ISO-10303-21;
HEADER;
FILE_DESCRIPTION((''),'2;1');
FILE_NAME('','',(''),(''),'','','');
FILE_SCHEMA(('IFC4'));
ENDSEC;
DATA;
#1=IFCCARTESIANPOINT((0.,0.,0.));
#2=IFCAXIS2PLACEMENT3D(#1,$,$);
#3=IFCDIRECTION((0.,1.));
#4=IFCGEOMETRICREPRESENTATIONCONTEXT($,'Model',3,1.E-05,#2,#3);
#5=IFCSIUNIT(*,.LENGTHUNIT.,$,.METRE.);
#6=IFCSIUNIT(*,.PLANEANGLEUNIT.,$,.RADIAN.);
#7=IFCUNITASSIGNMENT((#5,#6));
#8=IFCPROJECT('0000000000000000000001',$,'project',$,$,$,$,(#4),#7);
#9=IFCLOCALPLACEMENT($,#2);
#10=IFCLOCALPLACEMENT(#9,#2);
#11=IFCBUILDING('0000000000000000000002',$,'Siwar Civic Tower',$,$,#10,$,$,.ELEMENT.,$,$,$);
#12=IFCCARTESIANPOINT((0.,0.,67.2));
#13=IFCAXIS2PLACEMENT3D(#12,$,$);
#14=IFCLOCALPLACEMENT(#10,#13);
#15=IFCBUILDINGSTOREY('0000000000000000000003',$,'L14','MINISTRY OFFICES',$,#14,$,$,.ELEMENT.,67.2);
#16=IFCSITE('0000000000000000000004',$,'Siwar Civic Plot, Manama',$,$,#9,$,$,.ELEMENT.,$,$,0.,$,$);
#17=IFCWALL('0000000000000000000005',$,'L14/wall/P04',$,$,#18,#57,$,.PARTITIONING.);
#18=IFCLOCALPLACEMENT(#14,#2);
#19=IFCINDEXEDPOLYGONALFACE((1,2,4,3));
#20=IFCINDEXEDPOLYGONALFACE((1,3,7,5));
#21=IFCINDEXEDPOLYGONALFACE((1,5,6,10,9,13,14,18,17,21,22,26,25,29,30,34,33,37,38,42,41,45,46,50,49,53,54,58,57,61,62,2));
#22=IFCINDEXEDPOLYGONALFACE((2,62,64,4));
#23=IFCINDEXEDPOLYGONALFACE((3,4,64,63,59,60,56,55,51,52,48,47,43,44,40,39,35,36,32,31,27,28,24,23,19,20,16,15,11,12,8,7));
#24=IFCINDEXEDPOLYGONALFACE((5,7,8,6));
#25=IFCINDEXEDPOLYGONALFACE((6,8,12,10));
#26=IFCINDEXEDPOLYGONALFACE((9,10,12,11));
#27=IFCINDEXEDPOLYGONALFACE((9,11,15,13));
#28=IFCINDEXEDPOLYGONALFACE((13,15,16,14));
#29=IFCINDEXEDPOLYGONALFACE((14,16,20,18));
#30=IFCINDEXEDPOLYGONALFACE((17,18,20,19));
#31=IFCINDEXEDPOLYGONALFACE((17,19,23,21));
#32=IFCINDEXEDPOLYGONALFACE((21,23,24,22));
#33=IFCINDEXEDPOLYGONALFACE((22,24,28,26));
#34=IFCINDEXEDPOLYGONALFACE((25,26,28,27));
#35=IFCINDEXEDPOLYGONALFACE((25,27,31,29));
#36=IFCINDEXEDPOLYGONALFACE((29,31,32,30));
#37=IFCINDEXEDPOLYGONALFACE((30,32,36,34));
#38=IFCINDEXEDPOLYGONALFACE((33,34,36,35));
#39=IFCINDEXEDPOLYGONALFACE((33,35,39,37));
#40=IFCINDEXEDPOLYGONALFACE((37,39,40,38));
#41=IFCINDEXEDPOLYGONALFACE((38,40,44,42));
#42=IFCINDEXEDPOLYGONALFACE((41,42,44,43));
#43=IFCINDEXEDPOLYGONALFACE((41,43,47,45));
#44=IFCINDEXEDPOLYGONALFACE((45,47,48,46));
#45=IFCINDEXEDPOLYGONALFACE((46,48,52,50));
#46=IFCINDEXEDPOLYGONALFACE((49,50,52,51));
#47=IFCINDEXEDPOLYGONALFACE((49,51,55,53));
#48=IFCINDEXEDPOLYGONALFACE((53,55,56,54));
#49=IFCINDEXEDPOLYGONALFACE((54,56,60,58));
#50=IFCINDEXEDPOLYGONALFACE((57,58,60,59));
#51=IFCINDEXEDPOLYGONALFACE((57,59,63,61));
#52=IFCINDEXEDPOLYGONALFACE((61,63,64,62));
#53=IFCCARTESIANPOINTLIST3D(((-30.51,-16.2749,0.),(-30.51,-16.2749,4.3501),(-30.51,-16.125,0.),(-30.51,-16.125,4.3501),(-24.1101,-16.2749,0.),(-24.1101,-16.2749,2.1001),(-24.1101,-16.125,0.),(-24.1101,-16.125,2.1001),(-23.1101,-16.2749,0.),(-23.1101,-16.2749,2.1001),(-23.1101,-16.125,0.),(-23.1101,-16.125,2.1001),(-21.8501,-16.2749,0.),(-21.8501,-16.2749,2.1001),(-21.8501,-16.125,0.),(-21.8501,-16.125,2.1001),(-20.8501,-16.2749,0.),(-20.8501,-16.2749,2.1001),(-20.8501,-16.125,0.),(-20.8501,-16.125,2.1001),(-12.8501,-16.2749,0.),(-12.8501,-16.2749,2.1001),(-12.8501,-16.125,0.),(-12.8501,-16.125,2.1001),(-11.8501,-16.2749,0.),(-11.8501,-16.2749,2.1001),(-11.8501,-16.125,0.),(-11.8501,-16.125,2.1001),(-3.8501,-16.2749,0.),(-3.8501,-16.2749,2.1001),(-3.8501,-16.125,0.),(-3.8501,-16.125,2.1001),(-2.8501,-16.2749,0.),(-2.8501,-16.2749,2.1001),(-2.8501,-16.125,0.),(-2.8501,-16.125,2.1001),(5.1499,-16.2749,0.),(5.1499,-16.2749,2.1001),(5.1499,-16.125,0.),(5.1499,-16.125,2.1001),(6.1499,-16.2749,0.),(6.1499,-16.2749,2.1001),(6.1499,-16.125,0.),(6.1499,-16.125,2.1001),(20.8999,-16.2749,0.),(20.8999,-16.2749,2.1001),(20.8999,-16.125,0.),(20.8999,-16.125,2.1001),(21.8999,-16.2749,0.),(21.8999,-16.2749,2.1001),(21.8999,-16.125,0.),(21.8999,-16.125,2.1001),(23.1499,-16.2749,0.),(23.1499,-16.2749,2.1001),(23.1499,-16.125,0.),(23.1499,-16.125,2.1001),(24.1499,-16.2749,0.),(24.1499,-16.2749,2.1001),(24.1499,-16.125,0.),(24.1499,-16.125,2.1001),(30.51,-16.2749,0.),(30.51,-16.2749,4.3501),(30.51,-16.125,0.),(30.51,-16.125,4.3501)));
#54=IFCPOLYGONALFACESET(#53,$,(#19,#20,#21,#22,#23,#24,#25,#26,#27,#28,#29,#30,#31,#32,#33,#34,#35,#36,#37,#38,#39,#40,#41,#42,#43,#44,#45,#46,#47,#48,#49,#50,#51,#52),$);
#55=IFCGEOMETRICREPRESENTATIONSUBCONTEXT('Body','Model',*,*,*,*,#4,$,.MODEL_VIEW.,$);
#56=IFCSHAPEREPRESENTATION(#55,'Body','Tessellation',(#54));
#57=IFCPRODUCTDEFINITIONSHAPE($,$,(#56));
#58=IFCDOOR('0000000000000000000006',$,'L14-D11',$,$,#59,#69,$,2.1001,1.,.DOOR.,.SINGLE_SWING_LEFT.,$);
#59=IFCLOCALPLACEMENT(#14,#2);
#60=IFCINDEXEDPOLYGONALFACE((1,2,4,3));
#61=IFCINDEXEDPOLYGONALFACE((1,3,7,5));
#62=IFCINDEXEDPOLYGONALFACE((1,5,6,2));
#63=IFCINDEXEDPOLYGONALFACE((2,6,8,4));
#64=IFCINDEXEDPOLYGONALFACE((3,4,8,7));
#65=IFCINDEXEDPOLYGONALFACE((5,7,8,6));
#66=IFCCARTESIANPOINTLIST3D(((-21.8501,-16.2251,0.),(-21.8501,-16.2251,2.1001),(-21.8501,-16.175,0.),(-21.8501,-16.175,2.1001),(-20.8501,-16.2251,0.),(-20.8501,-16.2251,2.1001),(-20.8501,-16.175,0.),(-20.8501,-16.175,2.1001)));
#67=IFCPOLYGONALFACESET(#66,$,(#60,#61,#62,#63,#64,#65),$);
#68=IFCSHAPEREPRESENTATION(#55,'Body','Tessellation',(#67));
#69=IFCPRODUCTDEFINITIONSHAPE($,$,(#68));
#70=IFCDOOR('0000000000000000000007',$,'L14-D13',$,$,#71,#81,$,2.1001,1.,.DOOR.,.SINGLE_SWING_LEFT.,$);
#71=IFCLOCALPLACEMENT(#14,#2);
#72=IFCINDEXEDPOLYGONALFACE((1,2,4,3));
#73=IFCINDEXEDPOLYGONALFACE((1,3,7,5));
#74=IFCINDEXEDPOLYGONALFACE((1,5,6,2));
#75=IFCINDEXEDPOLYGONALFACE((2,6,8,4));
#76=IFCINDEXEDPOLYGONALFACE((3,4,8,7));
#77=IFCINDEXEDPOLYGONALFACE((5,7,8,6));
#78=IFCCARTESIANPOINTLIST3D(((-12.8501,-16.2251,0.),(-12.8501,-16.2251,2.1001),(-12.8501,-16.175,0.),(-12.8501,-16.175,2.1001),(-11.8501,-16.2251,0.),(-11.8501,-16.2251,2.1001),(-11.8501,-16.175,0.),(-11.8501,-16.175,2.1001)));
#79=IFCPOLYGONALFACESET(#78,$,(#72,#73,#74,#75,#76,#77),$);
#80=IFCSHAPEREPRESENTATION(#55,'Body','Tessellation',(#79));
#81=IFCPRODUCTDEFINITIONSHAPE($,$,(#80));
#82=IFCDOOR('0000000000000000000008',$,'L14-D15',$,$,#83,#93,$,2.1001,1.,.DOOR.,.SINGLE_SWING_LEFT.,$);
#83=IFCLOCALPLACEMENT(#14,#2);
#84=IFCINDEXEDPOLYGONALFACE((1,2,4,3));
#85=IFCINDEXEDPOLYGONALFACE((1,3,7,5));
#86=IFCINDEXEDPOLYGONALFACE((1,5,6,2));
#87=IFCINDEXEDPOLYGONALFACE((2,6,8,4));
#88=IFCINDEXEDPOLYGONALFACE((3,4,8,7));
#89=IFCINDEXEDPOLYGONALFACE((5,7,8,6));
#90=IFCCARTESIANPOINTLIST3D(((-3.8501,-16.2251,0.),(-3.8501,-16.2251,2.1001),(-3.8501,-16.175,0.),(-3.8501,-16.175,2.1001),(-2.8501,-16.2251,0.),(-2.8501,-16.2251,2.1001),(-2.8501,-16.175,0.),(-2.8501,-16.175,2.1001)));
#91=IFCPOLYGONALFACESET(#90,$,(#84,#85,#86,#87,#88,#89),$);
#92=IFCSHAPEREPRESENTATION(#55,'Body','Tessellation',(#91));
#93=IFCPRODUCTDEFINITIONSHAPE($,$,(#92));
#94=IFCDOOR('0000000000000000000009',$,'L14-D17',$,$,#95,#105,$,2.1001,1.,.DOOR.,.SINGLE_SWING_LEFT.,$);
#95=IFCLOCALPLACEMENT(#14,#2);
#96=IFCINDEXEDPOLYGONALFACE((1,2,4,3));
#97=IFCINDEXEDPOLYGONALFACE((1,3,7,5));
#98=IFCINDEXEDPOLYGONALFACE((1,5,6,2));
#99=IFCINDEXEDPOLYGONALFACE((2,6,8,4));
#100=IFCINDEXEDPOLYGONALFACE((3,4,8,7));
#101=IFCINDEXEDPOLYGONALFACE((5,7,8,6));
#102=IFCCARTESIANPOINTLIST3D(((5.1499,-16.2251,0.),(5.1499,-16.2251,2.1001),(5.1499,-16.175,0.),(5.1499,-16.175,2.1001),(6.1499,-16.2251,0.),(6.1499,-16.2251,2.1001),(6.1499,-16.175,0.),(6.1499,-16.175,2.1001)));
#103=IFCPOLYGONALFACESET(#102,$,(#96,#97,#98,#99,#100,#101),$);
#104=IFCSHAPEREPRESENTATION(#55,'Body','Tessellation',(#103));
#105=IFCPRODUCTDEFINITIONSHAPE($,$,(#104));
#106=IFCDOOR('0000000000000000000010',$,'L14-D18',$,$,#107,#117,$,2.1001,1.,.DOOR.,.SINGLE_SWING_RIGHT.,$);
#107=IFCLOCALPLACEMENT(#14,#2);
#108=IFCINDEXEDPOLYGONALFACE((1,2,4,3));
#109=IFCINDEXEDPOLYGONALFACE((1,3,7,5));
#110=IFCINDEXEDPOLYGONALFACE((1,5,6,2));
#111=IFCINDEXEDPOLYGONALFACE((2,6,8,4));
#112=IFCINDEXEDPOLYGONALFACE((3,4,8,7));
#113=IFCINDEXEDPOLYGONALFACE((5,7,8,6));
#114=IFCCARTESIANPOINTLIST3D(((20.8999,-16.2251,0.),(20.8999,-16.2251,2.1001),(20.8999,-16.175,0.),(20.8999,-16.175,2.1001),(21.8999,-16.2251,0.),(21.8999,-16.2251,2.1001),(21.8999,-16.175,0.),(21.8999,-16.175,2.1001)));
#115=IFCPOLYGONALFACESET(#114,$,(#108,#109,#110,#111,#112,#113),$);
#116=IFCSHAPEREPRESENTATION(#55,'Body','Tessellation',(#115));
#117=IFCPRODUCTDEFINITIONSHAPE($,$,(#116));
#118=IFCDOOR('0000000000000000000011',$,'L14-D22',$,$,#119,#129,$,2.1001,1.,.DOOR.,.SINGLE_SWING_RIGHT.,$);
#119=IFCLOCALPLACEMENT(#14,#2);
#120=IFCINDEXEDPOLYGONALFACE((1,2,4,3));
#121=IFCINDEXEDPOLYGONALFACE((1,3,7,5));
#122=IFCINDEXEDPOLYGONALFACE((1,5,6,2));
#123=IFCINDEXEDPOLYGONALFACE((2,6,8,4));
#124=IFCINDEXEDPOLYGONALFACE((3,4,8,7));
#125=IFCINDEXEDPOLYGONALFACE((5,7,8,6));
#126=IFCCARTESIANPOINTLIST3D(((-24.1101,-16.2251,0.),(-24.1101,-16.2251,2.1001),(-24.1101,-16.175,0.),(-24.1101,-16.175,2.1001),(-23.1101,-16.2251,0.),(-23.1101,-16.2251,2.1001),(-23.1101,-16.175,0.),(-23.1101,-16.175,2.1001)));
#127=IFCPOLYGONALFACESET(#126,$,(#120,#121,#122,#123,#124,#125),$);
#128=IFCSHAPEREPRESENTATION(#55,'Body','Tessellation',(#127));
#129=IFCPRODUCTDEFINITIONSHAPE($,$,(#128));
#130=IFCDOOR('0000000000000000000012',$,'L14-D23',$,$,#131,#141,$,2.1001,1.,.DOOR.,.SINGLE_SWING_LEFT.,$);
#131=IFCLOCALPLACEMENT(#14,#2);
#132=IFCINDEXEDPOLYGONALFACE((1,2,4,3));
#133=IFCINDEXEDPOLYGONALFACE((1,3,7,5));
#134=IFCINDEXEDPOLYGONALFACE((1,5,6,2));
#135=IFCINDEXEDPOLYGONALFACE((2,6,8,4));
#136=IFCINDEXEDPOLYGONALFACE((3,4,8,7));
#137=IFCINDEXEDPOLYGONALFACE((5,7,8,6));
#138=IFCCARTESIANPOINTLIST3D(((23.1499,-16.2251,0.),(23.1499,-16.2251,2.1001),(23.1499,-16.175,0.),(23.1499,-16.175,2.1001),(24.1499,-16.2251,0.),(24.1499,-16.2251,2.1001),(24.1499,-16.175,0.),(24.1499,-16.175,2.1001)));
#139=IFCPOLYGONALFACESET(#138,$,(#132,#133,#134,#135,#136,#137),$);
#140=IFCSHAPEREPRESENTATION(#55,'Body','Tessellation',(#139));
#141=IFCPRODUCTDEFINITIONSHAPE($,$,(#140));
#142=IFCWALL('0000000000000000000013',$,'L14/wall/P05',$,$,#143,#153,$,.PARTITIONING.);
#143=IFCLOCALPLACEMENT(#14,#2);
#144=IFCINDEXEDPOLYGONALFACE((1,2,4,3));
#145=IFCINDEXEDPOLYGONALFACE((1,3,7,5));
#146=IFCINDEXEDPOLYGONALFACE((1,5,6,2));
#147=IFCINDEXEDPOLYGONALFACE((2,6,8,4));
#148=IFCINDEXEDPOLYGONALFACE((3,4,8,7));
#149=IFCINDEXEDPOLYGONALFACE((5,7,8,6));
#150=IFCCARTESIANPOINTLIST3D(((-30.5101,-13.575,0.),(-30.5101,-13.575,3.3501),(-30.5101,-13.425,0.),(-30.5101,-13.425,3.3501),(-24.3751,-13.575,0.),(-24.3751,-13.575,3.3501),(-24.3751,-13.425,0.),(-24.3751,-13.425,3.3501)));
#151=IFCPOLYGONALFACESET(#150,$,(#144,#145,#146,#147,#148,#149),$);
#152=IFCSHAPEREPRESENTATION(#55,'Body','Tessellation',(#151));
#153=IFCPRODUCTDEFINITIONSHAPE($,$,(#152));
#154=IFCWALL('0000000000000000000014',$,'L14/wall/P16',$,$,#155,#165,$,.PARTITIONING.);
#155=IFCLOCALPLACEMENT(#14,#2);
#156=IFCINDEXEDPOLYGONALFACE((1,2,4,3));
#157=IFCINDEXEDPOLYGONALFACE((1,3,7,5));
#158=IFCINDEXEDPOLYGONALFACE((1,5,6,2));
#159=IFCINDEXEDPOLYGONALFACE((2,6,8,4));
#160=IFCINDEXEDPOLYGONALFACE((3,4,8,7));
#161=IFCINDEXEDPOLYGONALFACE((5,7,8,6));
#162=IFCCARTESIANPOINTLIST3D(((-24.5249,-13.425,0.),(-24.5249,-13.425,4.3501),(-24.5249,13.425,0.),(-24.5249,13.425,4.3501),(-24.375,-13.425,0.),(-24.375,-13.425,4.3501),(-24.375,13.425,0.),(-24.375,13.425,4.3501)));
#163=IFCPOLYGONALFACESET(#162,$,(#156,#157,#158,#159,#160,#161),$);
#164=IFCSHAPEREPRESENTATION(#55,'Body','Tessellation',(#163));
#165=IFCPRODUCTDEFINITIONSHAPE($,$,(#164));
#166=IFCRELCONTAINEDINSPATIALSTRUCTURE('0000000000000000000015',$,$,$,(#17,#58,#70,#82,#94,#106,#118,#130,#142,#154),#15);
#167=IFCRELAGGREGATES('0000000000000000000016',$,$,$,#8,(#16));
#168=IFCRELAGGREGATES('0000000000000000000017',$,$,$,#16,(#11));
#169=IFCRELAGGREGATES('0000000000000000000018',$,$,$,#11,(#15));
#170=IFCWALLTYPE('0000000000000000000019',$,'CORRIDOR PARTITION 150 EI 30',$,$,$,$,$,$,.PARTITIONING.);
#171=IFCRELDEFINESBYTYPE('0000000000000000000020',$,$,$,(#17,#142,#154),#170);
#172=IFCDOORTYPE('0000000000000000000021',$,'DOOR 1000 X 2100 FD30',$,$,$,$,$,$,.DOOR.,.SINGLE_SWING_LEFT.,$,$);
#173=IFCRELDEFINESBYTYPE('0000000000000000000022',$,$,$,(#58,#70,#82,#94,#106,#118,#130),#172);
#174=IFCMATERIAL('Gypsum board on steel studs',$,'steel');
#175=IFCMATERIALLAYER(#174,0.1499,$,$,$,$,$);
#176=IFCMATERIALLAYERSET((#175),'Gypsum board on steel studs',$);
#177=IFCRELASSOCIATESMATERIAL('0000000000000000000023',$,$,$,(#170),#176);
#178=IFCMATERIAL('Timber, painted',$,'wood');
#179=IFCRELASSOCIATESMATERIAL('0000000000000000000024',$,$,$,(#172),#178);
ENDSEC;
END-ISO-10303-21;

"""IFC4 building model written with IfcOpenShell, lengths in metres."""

from ifc_helpers import new_model, si_unit, direction, frame, frame_2d, origin, place, context, subcontext, project, spatial, rectangle, extrude, material, layer, layer_set, type_object, element, fill, save


model = new_model("IFC4")

# Units and contexts
model_context = context("Model", 3, precision=1e-05, world=origin(), true_north=direction((0.0, 1.0)))
body_context = subcontext(model_context, "Body", "Model", "MODEL_VIEW")
ifc_project = project(units=[si_unit("LENGTHUNIT", "METRE"), si_unit("PLANEANGLEUNIT", "RADIAN")], contexts=[model_context])

# Site, building, storey
site_placement = place(None, origin())
site = spatial("IfcSite", under=ifc_project, at=site_placement, Name="Siwar Civic Plot, Manama", CompositionType="ELEMENT", RefElevation=0.0)
building_placement = place(site_placement, origin())
building = spatial("IfcBuilding", under=site, at=building_placement, Name="Siwar Civic Tower", CompositionType="ELEMENT")
storey_placement = place(building_placement, frame((0.0, 0.0, 67.2)))
storey = spatial("IfcBuildingStorey", under=building, at=storey_placement, Name="L14", Description="MINISTRY OFFICES", CompositionType="ELEMENT", Elevation=67.2)

# Wall, openings, doors
ifc_material_1 = material(Name="Gypsum board on steel studs", Category="steel")
ifc_layer_1 = layer(ifc_material_1, 0.1499)
ifc_layer_set_1 = layer_set([ifc_layer_1], Name="Gypsum board on steel studs")
wall_type_1 = type_object("IfcWallType", Name="CORRIDOR PARTITION 150 EI 30", PredefinedType="PARTITIONING", material=ifc_layer_set_1)
wall_1_placement = place(storey_placement, frame((-30.51, -16.2, 0.0), z_axis=(0.0, 0.0, 1.0), x_axis=(1.0, 0.0, 0.0)))
wall_1 = element("IfcWall", 1, at=wall_1_placement, inside=storey, type_object=wall_type_1, Name="L14/wall/P04", PredefinedType="PARTITIONING", context=body_context, shape_type="SweptSolid", body=[
    extrude(rectangle(XDim=61.02, YDim=0.1499, at=frame_2d((30.51, 0.0))), origin(), (0.0, 0.0, 1.0), 4.3501),
])
opening_1_placement = place(wall_1_placement, frame((8.6599, 0.0, 0.0)))
opening_1 = element("IfcOpeningElement", 2, at=opening_1_placement, cuts=wall_1, PredefinedType="OPENING", context=body_context, shape_type="SweptSolid", body=[
    extrude(rectangle(XDim=1.0, YDim=2.1001, at=frame_2d((0.5, 1.05))), frame((0.0, 0.085, 0.0), z_axis=(0.0, -1.0, 0.0), x_axis=(1.0, 0.0, 0.0)), (0.0, 0.0, 1.0), 0.1699),
])
opening_2_placement = place(wall_1_placement, frame((17.6599, 0.0, 0.0)))
opening_2 = element("IfcOpeningElement", 3, at=opening_2_placement, cuts=wall_1, PredefinedType="OPENING", context=body_context, shape_type="SweptSolid", body=[
    extrude(rectangle(XDim=1.0, YDim=2.1001, at=frame_2d((0.5, 1.05))), frame((0.0, 0.085, 0.0), z_axis=(0.0, -1.0, 0.0), x_axis=(1.0, 0.0, 0.0)), (0.0, 0.0, 1.0), 0.1699),
])
opening_3_placement = place(wall_1_placement, frame((26.6599, 0.0, 0.0)))
opening_3 = element("IfcOpeningElement", 4, at=opening_3_placement, cuts=wall_1, PredefinedType="OPENING", context=body_context, shape_type="SweptSolid", body=[
    extrude(rectangle(XDim=1.0, YDim=2.1001, at=frame_2d((0.5, 1.05))), frame((0.0, 0.085, 0.0), z_axis=(0.0, -1.0, 0.0), x_axis=(1.0, 0.0, 0.0)), (0.0, 0.0, 1.0), 0.1699),
])
opening_4_placement = place(wall_1_placement, frame((35.6599, 0.0, 0.0)))
opening_4 = element("IfcOpeningElement", 5, at=opening_4_placement, cuts=wall_1, PredefinedType="OPENING", context=body_context, shape_type="SweptSolid", body=[
    extrude(rectangle(XDim=1.0, YDim=2.1001, at=frame_2d((0.5, 1.05))), frame((0.0, 0.085, 0.0), z_axis=(0.0, -1.0, 0.0), x_axis=(1.0, 0.0, 0.0)), (0.0, 0.0, 1.0), 0.1699),
])
opening_5_placement = place(wall_1_placement, frame((51.4099, 0.0, 0.0)))
opening_5 = element("IfcOpeningElement", 6, at=opening_5_placement, cuts=wall_1, PredefinedType="OPENING", context=body_context, shape_type="SweptSolid", body=[
    extrude(rectangle(XDim=1.0, YDim=2.1001, at=frame_2d((0.5, 1.05))), frame((0.0, 0.085, 0.0), z_axis=(0.0, -1.0, 0.0), x_axis=(1.0, 0.0, 0.0)), (0.0, 0.0, 1.0), 0.1699),
])
opening_6_placement = place(wall_1_placement, frame((6.3999, 0.0, 0.0)))
opening_6 = element("IfcOpeningElement", 7, at=opening_6_placement, cuts=wall_1, PredefinedType="OPENING", context=body_context, shape_type="SweptSolid", body=[
    extrude(rectangle(XDim=1.0, YDim=2.1001, at=frame_2d((0.5, 1.05))), frame((0.0, 0.085, 0.0), z_axis=(0.0, -1.0, 0.0), x_axis=(1.0, 0.0, 0.0)), (0.0, 0.0, 1.0), 0.1699),
])
opening_7_placement = place(wall_1_placement, frame((53.6599, 0.0, 0.0)))
opening_7 = element("IfcOpeningElement", 8, at=opening_7_placement, cuts=wall_1, PredefinedType="OPENING", context=body_context, shape_type="SweptSolid", body=[
    extrude(rectangle(XDim=1.0, YDim=2.1001, at=frame_2d((0.5, 1.05))), frame((0.0, 0.085, 0.0), z_axis=(0.0, -1.0, 0.0), x_axis=(1.0, 0.0, 0.0)), (0.0, 0.0, 1.0), 0.1699),
])
ifc_material_2 = material(Name="Timber, painted", Category="wood")
door_type_1 = type_object("IfcDoorType", Name="DOOR 1000 X 2100 FD30", OperationType="SINGLE_SWING_LEFT", PredefinedType="DOOR", material=ifc_material_2)
door_1_placement = place(opening_1_placement, origin())
door_1 = element("IfcDoor", 9, at=door_1_placement, inside=storey, type_object=door_type_1, Name="L14-D11", OperationType="SINGLE_SWING_LEFT", OverallHeight=2.1001, OverallWidth=1.0, PredefinedType="DOOR", context=body_context, shape_type="SweptSolid", body=[
    extrude(rectangle(XDim=1.0, YDim=2.1001, at=frame_2d((0.5, 1.05))), frame((0.0, 0.0249, 0.0), z_axis=(0.0, -1.0, 0.0), x_axis=(1.0, 0.0, 0.0)), (0.0, 0.0, 1.0), 0.05),
])
fill(opening_1, door_1)
door_2_placement = place(opening_2_placement, origin())
door_2 = element("IfcDoor", 10, at=door_2_placement, inside=storey, type_object=door_type_1, Name="L14-D13", OperationType="SINGLE_SWING_LEFT", OverallHeight=2.1001, OverallWidth=1.0, PredefinedType="DOOR", context=body_context, shape_type="SweptSolid", body=[
    extrude(rectangle(XDim=1.0, YDim=2.1001, at=frame_2d((0.5, 1.05))), frame((0.0, 0.0249, 0.0), z_axis=(0.0, -1.0, 0.0), x_axis=(1.0, 0.0, 0.0)), (0.0, 0.0, 1.0), 0.05),
])
fill(opening_2, door_2)
door_3_placement = place(opening_3_placement, origin())
door_3 = element("IfcDoor", 11, at=door_3_placement, inside=storey, type_object=door_type_1, Name="L14-D15", OperationType="SINGLE_SWING_LEFT", OverallHeight=2.1001, OverallWidth=1.0, PredefinedType="DOOR", context=body_context, shape_type="SweptSolid", body=[
    extrude(rectangle(XDim=1.0, YDim=2.1001, at=frame_2d((0.5, 1.05))), frame((0.0, 0.0249, 0.0), z_axis=(0.0, -1.0, 0.0), x_axis=(1.0, 0.0, 0.0)), (0.0, 0.0, 1.0), 0.05),
])
fill(opening_3, door_3)
door_4_placement = place(opening_4_placement, origin())
door_4 = element("IfcDoor", 12, at=door_4_placement, inside=storey, type_object=door_type_1, Name="L14-D17", OperationType="SINGLE_SWING_LEFT", OverallHeight=2.1001, OverallWidth=1.0, PredefinedType="DOOR", context=body_context, shape_type="SweptSolid", body=[
    extrude(rectangle(XDim=1.0, YDim=2.1001, at=frame_2d((0.5, 1.05))), frame((0.0, 0.0249, 0.0), z_axis=(0.0, -1.0, 0.0), x_axis=(1.0, 0.0, 0.0)), (0.0, 0.0, 1.0), 0.05),
])
fill(opening_4, door_4)
door_5_placement = place(opening_5_placement, origin())
door_5 = element("IfcDoor", 13, at=door_5_placement, inside=storey, type_object=door_type_1, Name="L14-D18", OperationType="SINGLE_SWING_RIGHT", OverallHeight=2.1001, OverallWidth=1.0, PredefinedType="DOOR", context=body_context, shape_type="SweptSolid", body=[
    extrude(rectangle(XDim=1.0, YDim=2.1001, at=frame_2d((0.5, 1.05))), frame((0.0, 0.0249, 0.0), z_axis=(0.0, -1.0, 0.0), x_axis=(1.0, 0.0, 0.0)), (0.0, 0.0, 1.0), 0.05),
])
fill(opening_5, door_5)
door_6_placement = place(opening_6_placement, origin())
door_6 = element("IfcDoor", 14, at=door_6_placement, inside=storey, type_object=door_type_1, Name="L14-D22", OperationType="SINGLE_SWING_RIGHT", OverallHeight=2.1001, OverallWidth=1.0, PredefinedType="DOOR", context=body_context, shape_type="SweptSolid", body=[
    extrude(rectangle(XDim=1.0, YDim=2.1001, at=frame_2d((0.5, 1.05))), frame((0.0, 0.0249, 0.0), z_axis=(0.0, -1.0, 0.0), x_axis=(1.0, 0.0, 0.0)), (0.0, 0.0, 1.0), 0.05),
])
fill(opening_6, door_6)
door_7_placement = place(opening_7_placement, origin())
door_7 = element("IfcDoor", 15, at=door_7_placement, inside=storey, type_object=door_type_1, Name="L14-D23", OperationType="SINGLE_SWING_LEFT", OverallHeight=2.1001, OverallWidth=1.0, PredefinedType="DOOR", context=body_context, shape_type="SweptSolid", body=[
    extrude(rectangle(XDim=1.0, YDim=2.1001, at=frame_2d((0.5, 1.05))), frame((0.0, 0.0249, 0.0), z_axis=(0.0, -1.0, 0.0), x_axis=(1.0, 0.0, 0.0)), (0.0, 0.0, 1.0), 0.05),
])
fill(opening_7, door_7)

# Walls
wall_2_placement = place(storey_placement, frame((-30.51, -13.5, 0.0), z_axis=(0.0, 0.0, 1.0), x_axis=(1.0, 0.0, 0.0)))
element("IfcWall", 16, at=wall_2_placement, inside=storey, type_object=wall_type_1, Name="L14/wall/P05", PredefinedType="PARTITIONING", context=body_context, shape_type="SweptSolid", body=[
    extrude(rectangle(XDim=6.135, YDim=0.1499, at=frame_2d((3.0674, 0.0))), origin(), (0.0, 0.0, 1.0), 3.3501),
])
wall_3_placement = place(storey_placement, frame((-24.45, -13.425, 0.0), z_axis=(0.0, 0.0, 1.0), x_axis=(0.0, 1.0, 0.0)))
element("IfcWall", 17, at=wall_3_placement, inside=storey, type_object=wall_type_1, Name="L14/wall/P16", PredefinedType="PARTITIONING", context=body_context, shape_type="SweptSolid", body=[
    extrude(rectangle(XDim=26.8501, YDim=0.1499, at=frame_2d((13.425, 0.0))), origin(), (0.0, 0.0, 1.0), 4.3501),
])

save(model, "model.ifc")
